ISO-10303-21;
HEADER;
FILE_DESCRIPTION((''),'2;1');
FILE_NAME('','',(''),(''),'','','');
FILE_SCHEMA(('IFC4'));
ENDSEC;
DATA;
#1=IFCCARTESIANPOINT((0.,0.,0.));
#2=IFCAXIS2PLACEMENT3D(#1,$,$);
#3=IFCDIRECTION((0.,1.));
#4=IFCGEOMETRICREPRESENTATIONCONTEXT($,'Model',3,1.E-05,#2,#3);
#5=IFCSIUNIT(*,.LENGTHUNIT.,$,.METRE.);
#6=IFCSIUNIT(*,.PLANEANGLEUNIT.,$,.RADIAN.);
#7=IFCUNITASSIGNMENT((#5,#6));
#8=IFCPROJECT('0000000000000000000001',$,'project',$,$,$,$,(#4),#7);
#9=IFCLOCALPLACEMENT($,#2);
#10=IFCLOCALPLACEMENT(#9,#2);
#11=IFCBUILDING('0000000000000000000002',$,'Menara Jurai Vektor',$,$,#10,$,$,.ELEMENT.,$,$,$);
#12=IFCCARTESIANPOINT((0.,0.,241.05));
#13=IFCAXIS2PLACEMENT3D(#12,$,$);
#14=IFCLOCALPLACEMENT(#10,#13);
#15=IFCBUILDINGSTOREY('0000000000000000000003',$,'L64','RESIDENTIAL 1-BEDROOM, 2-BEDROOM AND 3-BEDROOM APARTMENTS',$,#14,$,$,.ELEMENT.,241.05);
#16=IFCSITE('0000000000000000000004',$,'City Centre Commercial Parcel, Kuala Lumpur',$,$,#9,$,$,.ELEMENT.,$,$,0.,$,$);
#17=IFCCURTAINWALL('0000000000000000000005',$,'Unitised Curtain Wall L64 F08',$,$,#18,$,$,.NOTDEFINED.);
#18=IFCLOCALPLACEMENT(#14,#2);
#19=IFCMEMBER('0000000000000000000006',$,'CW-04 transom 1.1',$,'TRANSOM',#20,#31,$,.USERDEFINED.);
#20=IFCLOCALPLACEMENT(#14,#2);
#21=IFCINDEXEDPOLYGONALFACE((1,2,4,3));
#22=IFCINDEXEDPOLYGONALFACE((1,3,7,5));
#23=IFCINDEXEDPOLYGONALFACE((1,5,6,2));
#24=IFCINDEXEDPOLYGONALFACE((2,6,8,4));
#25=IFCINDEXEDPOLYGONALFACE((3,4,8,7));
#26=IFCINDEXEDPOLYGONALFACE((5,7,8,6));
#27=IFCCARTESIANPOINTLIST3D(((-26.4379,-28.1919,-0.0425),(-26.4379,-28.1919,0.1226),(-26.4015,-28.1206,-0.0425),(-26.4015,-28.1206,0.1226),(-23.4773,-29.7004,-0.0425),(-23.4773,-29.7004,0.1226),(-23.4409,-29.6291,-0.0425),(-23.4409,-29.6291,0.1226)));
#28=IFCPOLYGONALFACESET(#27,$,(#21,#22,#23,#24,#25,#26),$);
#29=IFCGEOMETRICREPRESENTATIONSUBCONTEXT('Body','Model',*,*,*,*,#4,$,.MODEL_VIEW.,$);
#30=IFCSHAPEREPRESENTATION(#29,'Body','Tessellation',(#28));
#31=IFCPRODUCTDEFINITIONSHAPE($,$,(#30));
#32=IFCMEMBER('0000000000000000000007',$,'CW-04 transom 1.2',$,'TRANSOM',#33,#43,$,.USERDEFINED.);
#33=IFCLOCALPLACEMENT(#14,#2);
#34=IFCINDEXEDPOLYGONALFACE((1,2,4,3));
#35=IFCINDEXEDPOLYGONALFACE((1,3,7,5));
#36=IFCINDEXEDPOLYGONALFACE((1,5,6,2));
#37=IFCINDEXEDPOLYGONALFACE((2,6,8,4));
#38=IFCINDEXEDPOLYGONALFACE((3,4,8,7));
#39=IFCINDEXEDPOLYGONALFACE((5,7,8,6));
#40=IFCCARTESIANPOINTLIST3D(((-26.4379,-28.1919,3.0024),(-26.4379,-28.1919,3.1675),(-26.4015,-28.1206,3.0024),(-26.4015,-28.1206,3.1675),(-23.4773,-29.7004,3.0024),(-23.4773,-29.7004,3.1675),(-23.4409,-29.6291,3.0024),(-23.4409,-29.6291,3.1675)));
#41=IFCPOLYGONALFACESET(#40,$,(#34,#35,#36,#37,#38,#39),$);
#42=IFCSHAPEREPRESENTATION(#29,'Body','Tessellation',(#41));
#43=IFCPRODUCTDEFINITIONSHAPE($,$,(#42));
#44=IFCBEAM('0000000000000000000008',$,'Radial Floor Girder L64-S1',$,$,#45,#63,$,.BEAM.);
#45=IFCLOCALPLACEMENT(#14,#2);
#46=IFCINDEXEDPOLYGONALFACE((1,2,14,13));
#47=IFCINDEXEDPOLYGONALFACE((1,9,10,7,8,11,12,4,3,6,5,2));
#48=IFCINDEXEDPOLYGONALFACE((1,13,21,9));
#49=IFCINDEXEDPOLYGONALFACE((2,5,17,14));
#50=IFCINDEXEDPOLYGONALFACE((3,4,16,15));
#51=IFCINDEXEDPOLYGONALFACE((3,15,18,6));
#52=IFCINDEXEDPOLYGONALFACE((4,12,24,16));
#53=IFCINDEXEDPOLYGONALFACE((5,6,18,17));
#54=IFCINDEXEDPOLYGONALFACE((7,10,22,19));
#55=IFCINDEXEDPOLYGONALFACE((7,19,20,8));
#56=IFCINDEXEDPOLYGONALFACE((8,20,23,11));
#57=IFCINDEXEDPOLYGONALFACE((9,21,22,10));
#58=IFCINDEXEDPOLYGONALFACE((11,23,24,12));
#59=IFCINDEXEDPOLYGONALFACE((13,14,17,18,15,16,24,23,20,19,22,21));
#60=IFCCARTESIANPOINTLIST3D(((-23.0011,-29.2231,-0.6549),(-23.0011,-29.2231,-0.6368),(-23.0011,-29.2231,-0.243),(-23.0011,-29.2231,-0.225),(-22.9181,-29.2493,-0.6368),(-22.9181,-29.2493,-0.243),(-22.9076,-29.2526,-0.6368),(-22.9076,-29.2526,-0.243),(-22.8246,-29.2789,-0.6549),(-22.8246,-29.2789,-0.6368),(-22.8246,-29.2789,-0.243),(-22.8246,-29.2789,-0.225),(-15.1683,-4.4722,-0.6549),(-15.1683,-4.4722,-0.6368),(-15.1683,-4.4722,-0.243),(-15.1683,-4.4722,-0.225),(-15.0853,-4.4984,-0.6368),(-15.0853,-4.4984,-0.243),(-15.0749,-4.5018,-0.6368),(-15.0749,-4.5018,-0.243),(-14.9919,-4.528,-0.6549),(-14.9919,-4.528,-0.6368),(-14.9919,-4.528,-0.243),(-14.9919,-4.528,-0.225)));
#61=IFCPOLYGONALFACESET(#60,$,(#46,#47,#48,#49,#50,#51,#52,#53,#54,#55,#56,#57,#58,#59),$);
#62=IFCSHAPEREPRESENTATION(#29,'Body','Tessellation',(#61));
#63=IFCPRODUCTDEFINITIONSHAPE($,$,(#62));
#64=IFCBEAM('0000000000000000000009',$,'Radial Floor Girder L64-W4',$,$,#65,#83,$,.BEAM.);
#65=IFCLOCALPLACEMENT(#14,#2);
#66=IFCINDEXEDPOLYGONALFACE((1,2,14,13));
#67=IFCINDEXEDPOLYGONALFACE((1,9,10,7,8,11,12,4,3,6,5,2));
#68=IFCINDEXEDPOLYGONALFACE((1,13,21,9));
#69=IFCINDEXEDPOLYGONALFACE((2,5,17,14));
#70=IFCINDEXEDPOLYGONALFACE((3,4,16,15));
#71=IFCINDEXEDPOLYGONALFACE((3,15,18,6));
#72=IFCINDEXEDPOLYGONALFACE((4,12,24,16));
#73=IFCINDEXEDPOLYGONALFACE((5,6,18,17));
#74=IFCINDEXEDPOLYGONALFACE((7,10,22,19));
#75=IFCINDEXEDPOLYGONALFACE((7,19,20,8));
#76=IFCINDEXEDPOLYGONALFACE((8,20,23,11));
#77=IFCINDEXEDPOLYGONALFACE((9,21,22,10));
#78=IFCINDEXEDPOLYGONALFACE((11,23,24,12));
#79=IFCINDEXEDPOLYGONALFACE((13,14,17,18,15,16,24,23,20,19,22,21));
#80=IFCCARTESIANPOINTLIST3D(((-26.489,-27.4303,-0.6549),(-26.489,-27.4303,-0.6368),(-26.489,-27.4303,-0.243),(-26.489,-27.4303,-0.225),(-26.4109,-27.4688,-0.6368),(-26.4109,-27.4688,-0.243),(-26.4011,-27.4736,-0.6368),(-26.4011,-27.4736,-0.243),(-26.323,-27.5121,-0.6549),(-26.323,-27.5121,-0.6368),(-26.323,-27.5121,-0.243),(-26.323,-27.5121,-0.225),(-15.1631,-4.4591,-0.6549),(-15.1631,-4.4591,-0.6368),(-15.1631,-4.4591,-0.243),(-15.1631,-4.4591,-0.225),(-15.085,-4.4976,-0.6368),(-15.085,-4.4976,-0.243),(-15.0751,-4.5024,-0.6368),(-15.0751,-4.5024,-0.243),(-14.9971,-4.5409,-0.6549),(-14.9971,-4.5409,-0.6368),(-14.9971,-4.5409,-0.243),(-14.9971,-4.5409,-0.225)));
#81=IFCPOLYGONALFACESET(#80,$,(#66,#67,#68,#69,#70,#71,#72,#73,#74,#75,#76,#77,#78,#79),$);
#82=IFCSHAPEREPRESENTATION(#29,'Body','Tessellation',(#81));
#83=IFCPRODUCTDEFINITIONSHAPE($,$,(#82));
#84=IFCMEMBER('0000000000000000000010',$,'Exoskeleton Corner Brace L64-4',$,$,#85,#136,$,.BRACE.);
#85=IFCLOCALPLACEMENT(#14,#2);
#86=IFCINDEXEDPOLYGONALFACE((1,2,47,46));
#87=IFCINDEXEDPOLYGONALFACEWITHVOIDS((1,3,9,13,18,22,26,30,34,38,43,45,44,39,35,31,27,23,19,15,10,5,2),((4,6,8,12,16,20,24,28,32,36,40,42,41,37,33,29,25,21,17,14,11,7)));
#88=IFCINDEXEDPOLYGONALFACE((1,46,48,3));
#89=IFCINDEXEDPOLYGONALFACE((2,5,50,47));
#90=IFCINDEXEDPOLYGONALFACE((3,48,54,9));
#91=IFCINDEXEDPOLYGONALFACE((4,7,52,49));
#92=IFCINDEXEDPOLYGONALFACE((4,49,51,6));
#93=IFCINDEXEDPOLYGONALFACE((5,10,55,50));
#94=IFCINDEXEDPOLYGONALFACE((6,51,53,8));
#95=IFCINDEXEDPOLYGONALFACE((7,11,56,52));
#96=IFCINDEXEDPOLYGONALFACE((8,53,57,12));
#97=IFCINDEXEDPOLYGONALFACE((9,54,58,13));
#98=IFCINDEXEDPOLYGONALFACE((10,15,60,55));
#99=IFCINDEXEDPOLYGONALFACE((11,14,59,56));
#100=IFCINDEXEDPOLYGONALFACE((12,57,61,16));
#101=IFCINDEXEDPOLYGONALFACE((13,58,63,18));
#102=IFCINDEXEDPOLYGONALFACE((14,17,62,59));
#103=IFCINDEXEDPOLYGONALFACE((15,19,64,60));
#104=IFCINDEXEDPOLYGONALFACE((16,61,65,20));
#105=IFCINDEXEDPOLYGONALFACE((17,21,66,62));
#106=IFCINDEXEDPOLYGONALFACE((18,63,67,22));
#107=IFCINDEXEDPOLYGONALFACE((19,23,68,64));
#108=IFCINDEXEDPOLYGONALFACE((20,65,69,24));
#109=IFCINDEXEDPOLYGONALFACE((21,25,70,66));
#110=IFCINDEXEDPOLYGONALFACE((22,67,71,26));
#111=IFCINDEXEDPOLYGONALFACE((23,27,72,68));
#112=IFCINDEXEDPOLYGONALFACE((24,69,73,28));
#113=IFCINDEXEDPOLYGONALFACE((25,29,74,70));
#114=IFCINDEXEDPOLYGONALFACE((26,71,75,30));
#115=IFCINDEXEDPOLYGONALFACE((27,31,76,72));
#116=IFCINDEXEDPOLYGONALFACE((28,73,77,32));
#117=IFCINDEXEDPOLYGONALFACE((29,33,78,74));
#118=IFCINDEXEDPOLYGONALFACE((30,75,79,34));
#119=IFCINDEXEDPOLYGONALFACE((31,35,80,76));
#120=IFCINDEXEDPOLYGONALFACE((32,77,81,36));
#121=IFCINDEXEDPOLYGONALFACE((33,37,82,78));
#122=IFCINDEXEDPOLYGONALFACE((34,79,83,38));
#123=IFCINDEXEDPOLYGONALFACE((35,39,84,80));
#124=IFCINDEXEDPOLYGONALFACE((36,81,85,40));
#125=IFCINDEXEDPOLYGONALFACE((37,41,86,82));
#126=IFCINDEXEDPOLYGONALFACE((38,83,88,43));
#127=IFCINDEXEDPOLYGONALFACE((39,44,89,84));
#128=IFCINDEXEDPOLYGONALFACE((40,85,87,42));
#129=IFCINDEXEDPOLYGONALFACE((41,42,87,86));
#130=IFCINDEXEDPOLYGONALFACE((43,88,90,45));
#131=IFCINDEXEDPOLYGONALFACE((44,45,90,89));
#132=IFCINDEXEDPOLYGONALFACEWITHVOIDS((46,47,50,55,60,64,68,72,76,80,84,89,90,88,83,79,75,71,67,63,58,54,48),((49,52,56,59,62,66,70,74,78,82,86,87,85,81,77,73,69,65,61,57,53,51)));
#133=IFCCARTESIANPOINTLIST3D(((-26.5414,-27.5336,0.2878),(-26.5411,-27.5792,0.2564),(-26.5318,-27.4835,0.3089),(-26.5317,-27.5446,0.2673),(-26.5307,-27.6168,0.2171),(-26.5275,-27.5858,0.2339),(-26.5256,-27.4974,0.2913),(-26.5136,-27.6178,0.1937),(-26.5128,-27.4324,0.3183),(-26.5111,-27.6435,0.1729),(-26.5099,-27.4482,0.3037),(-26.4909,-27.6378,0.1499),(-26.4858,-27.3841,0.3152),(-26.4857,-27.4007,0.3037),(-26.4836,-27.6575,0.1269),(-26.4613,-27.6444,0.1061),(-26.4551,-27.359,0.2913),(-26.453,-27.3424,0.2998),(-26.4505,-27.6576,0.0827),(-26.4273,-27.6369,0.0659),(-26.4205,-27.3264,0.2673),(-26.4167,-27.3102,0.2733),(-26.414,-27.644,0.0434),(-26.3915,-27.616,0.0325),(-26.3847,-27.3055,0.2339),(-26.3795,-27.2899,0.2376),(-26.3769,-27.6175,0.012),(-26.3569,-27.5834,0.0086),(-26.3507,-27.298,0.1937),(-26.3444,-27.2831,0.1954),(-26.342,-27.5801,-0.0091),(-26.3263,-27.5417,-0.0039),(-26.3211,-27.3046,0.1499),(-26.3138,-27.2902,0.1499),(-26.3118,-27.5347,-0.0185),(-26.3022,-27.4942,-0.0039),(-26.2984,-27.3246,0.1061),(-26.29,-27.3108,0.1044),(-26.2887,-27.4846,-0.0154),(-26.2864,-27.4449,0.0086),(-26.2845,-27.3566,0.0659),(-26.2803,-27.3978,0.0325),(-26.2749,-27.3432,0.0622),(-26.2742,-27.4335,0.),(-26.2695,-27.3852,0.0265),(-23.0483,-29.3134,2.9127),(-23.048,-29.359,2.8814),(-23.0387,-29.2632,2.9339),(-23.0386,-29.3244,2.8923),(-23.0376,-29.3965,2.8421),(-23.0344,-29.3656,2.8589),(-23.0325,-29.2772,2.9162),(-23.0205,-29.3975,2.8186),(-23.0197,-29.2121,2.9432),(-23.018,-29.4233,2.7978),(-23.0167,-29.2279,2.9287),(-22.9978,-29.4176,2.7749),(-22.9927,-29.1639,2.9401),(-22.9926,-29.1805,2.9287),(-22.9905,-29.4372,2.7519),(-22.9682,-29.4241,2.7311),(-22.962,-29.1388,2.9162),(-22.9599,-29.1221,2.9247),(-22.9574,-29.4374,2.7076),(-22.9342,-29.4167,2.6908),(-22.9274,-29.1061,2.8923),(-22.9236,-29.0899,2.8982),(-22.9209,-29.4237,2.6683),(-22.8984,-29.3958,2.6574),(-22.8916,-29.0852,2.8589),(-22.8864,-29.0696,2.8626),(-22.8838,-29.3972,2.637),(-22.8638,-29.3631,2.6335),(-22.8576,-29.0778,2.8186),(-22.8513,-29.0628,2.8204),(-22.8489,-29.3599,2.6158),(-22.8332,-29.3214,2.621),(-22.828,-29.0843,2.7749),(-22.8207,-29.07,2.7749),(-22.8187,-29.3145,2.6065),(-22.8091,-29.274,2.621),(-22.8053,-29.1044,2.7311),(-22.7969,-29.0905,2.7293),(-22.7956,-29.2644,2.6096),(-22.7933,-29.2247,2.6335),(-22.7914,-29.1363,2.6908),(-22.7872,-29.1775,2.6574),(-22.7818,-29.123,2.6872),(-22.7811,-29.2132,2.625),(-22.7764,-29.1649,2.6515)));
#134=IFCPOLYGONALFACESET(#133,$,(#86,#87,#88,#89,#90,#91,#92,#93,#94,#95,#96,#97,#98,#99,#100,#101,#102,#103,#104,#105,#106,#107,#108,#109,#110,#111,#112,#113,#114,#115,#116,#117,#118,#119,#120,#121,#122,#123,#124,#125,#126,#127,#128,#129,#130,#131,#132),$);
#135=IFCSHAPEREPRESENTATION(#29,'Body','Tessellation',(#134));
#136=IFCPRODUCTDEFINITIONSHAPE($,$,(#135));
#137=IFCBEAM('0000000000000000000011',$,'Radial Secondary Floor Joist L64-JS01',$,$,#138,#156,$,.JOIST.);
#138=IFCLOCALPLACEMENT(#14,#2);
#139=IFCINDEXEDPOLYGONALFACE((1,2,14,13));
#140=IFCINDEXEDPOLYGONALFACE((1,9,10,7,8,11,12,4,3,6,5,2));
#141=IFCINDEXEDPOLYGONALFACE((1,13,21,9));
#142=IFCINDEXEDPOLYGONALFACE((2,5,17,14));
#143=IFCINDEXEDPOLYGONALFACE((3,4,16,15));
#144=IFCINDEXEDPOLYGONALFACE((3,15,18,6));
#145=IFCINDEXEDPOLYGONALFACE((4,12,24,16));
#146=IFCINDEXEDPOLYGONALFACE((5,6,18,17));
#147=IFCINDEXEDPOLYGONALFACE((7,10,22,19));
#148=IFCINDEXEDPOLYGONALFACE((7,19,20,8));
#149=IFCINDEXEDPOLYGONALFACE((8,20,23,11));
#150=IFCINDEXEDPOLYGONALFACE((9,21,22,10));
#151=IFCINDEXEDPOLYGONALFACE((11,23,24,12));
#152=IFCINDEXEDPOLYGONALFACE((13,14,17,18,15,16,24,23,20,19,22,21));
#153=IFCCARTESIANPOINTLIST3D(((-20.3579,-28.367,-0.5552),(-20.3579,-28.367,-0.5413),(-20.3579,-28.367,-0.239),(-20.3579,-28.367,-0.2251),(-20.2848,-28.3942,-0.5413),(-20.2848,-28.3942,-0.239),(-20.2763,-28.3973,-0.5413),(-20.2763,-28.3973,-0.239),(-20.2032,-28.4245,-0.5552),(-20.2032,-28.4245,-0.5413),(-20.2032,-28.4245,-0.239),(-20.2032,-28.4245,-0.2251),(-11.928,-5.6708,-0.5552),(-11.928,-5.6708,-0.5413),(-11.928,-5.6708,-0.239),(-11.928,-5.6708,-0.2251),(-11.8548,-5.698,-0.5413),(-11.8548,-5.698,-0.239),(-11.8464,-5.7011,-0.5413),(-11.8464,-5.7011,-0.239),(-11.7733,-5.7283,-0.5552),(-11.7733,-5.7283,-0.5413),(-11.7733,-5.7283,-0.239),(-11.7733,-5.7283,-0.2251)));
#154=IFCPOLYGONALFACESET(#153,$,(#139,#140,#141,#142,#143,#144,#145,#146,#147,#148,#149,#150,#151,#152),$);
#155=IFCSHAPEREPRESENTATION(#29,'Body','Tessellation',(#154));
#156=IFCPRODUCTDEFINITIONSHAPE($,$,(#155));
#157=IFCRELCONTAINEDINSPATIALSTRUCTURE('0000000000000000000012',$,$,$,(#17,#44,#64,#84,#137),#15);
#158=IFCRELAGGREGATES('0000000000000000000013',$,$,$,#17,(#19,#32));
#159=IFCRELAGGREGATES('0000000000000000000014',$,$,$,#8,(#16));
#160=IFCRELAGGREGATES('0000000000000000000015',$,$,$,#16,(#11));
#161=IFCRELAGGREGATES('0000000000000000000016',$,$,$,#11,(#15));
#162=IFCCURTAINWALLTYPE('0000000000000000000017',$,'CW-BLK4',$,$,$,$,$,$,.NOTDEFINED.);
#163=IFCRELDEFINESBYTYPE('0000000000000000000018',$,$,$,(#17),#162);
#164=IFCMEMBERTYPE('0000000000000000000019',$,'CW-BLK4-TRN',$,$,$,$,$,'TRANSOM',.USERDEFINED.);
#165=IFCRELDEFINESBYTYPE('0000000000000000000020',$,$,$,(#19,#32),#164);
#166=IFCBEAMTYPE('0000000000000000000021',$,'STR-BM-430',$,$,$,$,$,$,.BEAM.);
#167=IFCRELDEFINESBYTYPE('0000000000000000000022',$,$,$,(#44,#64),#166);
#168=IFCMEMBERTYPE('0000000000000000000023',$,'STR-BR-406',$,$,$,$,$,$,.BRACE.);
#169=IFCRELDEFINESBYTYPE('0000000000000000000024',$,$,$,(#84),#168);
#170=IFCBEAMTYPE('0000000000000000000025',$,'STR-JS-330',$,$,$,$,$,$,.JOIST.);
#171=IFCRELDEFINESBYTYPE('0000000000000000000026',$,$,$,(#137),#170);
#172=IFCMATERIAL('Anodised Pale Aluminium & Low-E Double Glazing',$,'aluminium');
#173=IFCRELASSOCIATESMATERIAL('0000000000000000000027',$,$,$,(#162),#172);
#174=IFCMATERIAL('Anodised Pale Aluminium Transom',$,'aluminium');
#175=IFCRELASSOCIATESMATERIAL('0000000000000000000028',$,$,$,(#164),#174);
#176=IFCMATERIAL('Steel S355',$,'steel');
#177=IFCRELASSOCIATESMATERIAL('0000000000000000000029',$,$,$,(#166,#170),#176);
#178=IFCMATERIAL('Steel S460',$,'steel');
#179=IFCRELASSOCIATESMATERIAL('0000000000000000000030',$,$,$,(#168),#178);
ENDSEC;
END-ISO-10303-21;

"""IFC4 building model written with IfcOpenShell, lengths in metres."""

from ifc_helpers import new_model, si_unit, direction, frame, origin, origin_2d, place, context, subcontext, project, spatial, rectangle, hollow_circle, i_section, extrude, material, material_profile, profile_set, type_object, element, aggregate, save


model = new_model("IFC4")

# Units and contexts
model_context = context("Model", 3, precision=1e-05, world=origin(), true_north=direction((0.0, 1.0)))
body_context = subcontext(model_context, "Body", "Model", "MODEL_VIEW")
ifc_project = project(units=[si_unit("LENGTHUNIT", "METRE"), si_unit("PLANEANGLEUNIT", "RADIAN")], contexts=[model_context])

# Site, building, storey
site_placement = place(None, origin())
site = spatial("IfcSite", under=ifc_project, at=site_placement, Name="City Centre Commercial Parcel, Kuala Lumpur", CompositionType="ELEMENT", RefElevation=0.0)
building_placement = place(site_placement, origin())
building = spatial("IfcBuilding", under=site, at=building_placement, Name="Menara Jurai Vektor", CompositionType="ELEMENT")
storey_placement = place(building_placement, frame((0.0, 0.0, 241.05)))
storey = spatial("IfcBuildingStorey", under=building, at=storey_placement, Name="L64", Description="RESIDENTIAL 1-BEDROOM, 2-BEDROOM AND 3-BEDROOM APARTMENTS", CompositionType="ELEMENT", Elevation=241.05)

# Shared definitions
ifc_material_1 = material(Name="Steel S460", Category="steel")

# Shared definitions
ifc_material_2 = material(Name="Anodised Pale Aluminium & Low-E Double Glazing", Category="aluminium")
curtain_wall_type = type_object("IfcCurtainWallType", Name="CW-BLK4", PredefinedType="NOTDEFINED", material=ifc_material_2)

# Curtain wall
curtain_wall_1_placement = place(storey_placement, origin())
curtain_wall_1 = element("IfcCurtainWall", 1, at=curtain_wall_1_placement, inside=storey, type_object=curtain_wall_type, Name="Unitised Curtain Wall L64 F08", PredefinedType="NOTDEFINED")

# Members
ifc_material_3 = material(Name="Anodised Pale Aluminium Transom", Category="aluminium")
ifc_material_profile_1 = material_profile(ifc_material_3, rectangle(XDim=0.0801, YDim=0.165, at=origin_2d()), Name="ALU TRN 80x165")
ifc_profile_set_1 = profile_set([ifc_material_profile_1], Name="Anodised Pale Aluminium Transom")
member_type_1 = type_object("IfcMemberType", Name="CW-BLK4-TRN", ElementType="TRANSOM", PredefinedType="USERDEFINED", material=ifc_profile_set_1)
member_1_placement = place(storey_placement, frame((-26.4197, -28.1562, 0.04), z_axis=(0.891007, -0.45399, 0.0), x_axis=(0.45399, 0.891007, 0.0)))
member_1 = element("IfcMember", 2, at=member_1_placement, type_object=member_type_1, Name="CW-04 transom 1.1", ObjectType="TRANSOM", PredefinedType="USERDEFINED", context=body_context, shape_type="SweptSolid", body=[
    extrude(rectangle(XDim=0.0801, YDim=0.165, at=origin_2d()), origin(), (0.0, 0.0, 1.0), 3.3228),
])
member_2_placement = place(storey_placement, frame((-26.4197, -28.1562, 3.085), z_axis=(0.891007, -0.45399, 0.0), x_axis=(0.45399, 0.891007, 0.0)))
member_2 = element("IfcMember", 3, at=member_2_placement, type_object=member_type_1, Name="CW-04 transom 1.2", ObjectType="TRANSOM", PredefinedType="USERDEFINED", context=body_context, shape_type="SweptSolid", body=[
    extrude(rectangle(XDim=0.0801, YDim=0.165, at=origin_2d()), origin(), (0.0, 0.0, 1.0), 3.3228),
])

# Beams
ifc_material_4 = material(Name="Steel S355", Category="steel")
ifc_material_profile_2 = material_profile(ifc_material_4, i_section(OverallWidth=0.1851, OverallDepth=0.4299, WebThickness=0.011, FlangeThickness=0.0181, at=origin_2d()), Name="PG 430x185x76")
ifc_profile_set_2 = profile_set([ifc_material_profile_2], Name="Steel S355")
beam_type_1 = type_object("IfcBeamType", Name="STR-BM-430", PredefinedType="BEAM", material=ifc_profile_set_2)
beam_1_placement = place(storey_placement, frame((-22.9128, -29.251, -0.4399), z_axis=(0.301715, 0.953398, 0.0), x_axis=(-0.953398, 0.301715, 0.0)))
element("IfcBeam", 4, at=beam_1_placement, inside=storey, type_object=beam_type_1, Name="Radial Floor Girder L64-S1", PredefinedType="BEAM", context=body_context, shape_type="SweptSolid", body=[
    extrude(i_section(OverallWidth=0.1851, OverallDepth=0.4299, WebThickness=0.011, FlangeThickness=0.0181, at=origin_2d()), origin(), (0.0, 0.0, 1.0), 25.9607),
])
beam_2_placement = place(storey_placement, frame((-26.406, -27.4712, -0.4399), z_axis=(0.442219, 0.896907, 0.0), x_axis=(-0.896907, 0.442219, 0.0)))
element("IfcBeam", 5, at=beam_2_placement, inside=storey, type_object=beam_type_1, Name="Radial Floor Girder L64-W4", PredefinedType="BEAM", context=body_context, shape_type="SweptSolid", body=[
    extrude(i_section(OverallWidth=0.1851, OverallDepth=0.4299, WebThickness=0.011, FlangeThickness=0.0181, at=origin_2d()), origin(), (0.0, 0.0, 1.0), 25.6116),
])

# Member
ifc_material_profile_3 = material_profile(ifc_material_1, hollow_circle(Radius=0.2031, WallThickness=0.0161, at=origin_2d()), Name="CHS 406.4x16")
ifc_profile_set_3 = profile_set([ifc_material_profile_3], Name="Steel S460")
member_type_2 = type_object("IfcMemberType", Name="STR-BR-406", PredefinedType="BRACE", material=ifc_profile_set_3)
member_3_placement = place(storey_placement, frame((-26.406, -27.4712, 0.1499), z_axis=(0.740375, -0.377225, 0.556368), x_axis=(0.453976, 0.891014, 0.0)))
element("IfcMember", 6, at=member_3_placement, inside=storey, type_object=member_type_2, Name="Exoskeleton Corner Brace L64-4", PredefinedType="BRACE", context=body_context, shape_type="SweptSolid", body=[
    extrude(hollow_circle(Radius=0.2031, WallThickness=0.0161, at=origin_2d()), origin(), (0.0, 0.0, 1.0), 4.718),
])

# Beam
ifc_material_profile_4 = material_profile(ifc_material_4, i_section(OverallWidth=0.165, OverallDepth=0.3301, WebThickness=0.009, FlangeThickness=0.0139, at=origin_2d()), Name="PG 330x165x46")
ifc_profile_set_4 = profile_set([ifc_material_profile_4], Name="Steel S355")
beam_type_2 = type_object("IfcBeamType", Name="STR-JS-330", PredefinedType="JOIST", material=ifc_profile_set_4)
beam_3_placement = place(storey_placement, frame((-20.2805, -28.3958, -0.3901), z_axis=(0.348182, 0.937427, 0.0), x_axis=(-0.937427, 0.348182, 0.0)))
element("IfcBeam", 7, at=beam_3_placement, inside=storey, type_object=beam_type_2, Name="Radial Secondary Floor Joist L64-JS01", PredefinedType="JOIST", context=body_context, shape_type="SweptSolid", body=[
    extrude(i_section(OverallWidth=0.165, OverallDepth=0.3301, WebThickness=0.009, FlangeThickness=0.0139, at=origin_2d()), origin(), (0.0, 0.0, 1.0), 24.2112),
])

aggregate(curtain_wall_1, [member_1, member_2])

save(model, "model.ifc")
